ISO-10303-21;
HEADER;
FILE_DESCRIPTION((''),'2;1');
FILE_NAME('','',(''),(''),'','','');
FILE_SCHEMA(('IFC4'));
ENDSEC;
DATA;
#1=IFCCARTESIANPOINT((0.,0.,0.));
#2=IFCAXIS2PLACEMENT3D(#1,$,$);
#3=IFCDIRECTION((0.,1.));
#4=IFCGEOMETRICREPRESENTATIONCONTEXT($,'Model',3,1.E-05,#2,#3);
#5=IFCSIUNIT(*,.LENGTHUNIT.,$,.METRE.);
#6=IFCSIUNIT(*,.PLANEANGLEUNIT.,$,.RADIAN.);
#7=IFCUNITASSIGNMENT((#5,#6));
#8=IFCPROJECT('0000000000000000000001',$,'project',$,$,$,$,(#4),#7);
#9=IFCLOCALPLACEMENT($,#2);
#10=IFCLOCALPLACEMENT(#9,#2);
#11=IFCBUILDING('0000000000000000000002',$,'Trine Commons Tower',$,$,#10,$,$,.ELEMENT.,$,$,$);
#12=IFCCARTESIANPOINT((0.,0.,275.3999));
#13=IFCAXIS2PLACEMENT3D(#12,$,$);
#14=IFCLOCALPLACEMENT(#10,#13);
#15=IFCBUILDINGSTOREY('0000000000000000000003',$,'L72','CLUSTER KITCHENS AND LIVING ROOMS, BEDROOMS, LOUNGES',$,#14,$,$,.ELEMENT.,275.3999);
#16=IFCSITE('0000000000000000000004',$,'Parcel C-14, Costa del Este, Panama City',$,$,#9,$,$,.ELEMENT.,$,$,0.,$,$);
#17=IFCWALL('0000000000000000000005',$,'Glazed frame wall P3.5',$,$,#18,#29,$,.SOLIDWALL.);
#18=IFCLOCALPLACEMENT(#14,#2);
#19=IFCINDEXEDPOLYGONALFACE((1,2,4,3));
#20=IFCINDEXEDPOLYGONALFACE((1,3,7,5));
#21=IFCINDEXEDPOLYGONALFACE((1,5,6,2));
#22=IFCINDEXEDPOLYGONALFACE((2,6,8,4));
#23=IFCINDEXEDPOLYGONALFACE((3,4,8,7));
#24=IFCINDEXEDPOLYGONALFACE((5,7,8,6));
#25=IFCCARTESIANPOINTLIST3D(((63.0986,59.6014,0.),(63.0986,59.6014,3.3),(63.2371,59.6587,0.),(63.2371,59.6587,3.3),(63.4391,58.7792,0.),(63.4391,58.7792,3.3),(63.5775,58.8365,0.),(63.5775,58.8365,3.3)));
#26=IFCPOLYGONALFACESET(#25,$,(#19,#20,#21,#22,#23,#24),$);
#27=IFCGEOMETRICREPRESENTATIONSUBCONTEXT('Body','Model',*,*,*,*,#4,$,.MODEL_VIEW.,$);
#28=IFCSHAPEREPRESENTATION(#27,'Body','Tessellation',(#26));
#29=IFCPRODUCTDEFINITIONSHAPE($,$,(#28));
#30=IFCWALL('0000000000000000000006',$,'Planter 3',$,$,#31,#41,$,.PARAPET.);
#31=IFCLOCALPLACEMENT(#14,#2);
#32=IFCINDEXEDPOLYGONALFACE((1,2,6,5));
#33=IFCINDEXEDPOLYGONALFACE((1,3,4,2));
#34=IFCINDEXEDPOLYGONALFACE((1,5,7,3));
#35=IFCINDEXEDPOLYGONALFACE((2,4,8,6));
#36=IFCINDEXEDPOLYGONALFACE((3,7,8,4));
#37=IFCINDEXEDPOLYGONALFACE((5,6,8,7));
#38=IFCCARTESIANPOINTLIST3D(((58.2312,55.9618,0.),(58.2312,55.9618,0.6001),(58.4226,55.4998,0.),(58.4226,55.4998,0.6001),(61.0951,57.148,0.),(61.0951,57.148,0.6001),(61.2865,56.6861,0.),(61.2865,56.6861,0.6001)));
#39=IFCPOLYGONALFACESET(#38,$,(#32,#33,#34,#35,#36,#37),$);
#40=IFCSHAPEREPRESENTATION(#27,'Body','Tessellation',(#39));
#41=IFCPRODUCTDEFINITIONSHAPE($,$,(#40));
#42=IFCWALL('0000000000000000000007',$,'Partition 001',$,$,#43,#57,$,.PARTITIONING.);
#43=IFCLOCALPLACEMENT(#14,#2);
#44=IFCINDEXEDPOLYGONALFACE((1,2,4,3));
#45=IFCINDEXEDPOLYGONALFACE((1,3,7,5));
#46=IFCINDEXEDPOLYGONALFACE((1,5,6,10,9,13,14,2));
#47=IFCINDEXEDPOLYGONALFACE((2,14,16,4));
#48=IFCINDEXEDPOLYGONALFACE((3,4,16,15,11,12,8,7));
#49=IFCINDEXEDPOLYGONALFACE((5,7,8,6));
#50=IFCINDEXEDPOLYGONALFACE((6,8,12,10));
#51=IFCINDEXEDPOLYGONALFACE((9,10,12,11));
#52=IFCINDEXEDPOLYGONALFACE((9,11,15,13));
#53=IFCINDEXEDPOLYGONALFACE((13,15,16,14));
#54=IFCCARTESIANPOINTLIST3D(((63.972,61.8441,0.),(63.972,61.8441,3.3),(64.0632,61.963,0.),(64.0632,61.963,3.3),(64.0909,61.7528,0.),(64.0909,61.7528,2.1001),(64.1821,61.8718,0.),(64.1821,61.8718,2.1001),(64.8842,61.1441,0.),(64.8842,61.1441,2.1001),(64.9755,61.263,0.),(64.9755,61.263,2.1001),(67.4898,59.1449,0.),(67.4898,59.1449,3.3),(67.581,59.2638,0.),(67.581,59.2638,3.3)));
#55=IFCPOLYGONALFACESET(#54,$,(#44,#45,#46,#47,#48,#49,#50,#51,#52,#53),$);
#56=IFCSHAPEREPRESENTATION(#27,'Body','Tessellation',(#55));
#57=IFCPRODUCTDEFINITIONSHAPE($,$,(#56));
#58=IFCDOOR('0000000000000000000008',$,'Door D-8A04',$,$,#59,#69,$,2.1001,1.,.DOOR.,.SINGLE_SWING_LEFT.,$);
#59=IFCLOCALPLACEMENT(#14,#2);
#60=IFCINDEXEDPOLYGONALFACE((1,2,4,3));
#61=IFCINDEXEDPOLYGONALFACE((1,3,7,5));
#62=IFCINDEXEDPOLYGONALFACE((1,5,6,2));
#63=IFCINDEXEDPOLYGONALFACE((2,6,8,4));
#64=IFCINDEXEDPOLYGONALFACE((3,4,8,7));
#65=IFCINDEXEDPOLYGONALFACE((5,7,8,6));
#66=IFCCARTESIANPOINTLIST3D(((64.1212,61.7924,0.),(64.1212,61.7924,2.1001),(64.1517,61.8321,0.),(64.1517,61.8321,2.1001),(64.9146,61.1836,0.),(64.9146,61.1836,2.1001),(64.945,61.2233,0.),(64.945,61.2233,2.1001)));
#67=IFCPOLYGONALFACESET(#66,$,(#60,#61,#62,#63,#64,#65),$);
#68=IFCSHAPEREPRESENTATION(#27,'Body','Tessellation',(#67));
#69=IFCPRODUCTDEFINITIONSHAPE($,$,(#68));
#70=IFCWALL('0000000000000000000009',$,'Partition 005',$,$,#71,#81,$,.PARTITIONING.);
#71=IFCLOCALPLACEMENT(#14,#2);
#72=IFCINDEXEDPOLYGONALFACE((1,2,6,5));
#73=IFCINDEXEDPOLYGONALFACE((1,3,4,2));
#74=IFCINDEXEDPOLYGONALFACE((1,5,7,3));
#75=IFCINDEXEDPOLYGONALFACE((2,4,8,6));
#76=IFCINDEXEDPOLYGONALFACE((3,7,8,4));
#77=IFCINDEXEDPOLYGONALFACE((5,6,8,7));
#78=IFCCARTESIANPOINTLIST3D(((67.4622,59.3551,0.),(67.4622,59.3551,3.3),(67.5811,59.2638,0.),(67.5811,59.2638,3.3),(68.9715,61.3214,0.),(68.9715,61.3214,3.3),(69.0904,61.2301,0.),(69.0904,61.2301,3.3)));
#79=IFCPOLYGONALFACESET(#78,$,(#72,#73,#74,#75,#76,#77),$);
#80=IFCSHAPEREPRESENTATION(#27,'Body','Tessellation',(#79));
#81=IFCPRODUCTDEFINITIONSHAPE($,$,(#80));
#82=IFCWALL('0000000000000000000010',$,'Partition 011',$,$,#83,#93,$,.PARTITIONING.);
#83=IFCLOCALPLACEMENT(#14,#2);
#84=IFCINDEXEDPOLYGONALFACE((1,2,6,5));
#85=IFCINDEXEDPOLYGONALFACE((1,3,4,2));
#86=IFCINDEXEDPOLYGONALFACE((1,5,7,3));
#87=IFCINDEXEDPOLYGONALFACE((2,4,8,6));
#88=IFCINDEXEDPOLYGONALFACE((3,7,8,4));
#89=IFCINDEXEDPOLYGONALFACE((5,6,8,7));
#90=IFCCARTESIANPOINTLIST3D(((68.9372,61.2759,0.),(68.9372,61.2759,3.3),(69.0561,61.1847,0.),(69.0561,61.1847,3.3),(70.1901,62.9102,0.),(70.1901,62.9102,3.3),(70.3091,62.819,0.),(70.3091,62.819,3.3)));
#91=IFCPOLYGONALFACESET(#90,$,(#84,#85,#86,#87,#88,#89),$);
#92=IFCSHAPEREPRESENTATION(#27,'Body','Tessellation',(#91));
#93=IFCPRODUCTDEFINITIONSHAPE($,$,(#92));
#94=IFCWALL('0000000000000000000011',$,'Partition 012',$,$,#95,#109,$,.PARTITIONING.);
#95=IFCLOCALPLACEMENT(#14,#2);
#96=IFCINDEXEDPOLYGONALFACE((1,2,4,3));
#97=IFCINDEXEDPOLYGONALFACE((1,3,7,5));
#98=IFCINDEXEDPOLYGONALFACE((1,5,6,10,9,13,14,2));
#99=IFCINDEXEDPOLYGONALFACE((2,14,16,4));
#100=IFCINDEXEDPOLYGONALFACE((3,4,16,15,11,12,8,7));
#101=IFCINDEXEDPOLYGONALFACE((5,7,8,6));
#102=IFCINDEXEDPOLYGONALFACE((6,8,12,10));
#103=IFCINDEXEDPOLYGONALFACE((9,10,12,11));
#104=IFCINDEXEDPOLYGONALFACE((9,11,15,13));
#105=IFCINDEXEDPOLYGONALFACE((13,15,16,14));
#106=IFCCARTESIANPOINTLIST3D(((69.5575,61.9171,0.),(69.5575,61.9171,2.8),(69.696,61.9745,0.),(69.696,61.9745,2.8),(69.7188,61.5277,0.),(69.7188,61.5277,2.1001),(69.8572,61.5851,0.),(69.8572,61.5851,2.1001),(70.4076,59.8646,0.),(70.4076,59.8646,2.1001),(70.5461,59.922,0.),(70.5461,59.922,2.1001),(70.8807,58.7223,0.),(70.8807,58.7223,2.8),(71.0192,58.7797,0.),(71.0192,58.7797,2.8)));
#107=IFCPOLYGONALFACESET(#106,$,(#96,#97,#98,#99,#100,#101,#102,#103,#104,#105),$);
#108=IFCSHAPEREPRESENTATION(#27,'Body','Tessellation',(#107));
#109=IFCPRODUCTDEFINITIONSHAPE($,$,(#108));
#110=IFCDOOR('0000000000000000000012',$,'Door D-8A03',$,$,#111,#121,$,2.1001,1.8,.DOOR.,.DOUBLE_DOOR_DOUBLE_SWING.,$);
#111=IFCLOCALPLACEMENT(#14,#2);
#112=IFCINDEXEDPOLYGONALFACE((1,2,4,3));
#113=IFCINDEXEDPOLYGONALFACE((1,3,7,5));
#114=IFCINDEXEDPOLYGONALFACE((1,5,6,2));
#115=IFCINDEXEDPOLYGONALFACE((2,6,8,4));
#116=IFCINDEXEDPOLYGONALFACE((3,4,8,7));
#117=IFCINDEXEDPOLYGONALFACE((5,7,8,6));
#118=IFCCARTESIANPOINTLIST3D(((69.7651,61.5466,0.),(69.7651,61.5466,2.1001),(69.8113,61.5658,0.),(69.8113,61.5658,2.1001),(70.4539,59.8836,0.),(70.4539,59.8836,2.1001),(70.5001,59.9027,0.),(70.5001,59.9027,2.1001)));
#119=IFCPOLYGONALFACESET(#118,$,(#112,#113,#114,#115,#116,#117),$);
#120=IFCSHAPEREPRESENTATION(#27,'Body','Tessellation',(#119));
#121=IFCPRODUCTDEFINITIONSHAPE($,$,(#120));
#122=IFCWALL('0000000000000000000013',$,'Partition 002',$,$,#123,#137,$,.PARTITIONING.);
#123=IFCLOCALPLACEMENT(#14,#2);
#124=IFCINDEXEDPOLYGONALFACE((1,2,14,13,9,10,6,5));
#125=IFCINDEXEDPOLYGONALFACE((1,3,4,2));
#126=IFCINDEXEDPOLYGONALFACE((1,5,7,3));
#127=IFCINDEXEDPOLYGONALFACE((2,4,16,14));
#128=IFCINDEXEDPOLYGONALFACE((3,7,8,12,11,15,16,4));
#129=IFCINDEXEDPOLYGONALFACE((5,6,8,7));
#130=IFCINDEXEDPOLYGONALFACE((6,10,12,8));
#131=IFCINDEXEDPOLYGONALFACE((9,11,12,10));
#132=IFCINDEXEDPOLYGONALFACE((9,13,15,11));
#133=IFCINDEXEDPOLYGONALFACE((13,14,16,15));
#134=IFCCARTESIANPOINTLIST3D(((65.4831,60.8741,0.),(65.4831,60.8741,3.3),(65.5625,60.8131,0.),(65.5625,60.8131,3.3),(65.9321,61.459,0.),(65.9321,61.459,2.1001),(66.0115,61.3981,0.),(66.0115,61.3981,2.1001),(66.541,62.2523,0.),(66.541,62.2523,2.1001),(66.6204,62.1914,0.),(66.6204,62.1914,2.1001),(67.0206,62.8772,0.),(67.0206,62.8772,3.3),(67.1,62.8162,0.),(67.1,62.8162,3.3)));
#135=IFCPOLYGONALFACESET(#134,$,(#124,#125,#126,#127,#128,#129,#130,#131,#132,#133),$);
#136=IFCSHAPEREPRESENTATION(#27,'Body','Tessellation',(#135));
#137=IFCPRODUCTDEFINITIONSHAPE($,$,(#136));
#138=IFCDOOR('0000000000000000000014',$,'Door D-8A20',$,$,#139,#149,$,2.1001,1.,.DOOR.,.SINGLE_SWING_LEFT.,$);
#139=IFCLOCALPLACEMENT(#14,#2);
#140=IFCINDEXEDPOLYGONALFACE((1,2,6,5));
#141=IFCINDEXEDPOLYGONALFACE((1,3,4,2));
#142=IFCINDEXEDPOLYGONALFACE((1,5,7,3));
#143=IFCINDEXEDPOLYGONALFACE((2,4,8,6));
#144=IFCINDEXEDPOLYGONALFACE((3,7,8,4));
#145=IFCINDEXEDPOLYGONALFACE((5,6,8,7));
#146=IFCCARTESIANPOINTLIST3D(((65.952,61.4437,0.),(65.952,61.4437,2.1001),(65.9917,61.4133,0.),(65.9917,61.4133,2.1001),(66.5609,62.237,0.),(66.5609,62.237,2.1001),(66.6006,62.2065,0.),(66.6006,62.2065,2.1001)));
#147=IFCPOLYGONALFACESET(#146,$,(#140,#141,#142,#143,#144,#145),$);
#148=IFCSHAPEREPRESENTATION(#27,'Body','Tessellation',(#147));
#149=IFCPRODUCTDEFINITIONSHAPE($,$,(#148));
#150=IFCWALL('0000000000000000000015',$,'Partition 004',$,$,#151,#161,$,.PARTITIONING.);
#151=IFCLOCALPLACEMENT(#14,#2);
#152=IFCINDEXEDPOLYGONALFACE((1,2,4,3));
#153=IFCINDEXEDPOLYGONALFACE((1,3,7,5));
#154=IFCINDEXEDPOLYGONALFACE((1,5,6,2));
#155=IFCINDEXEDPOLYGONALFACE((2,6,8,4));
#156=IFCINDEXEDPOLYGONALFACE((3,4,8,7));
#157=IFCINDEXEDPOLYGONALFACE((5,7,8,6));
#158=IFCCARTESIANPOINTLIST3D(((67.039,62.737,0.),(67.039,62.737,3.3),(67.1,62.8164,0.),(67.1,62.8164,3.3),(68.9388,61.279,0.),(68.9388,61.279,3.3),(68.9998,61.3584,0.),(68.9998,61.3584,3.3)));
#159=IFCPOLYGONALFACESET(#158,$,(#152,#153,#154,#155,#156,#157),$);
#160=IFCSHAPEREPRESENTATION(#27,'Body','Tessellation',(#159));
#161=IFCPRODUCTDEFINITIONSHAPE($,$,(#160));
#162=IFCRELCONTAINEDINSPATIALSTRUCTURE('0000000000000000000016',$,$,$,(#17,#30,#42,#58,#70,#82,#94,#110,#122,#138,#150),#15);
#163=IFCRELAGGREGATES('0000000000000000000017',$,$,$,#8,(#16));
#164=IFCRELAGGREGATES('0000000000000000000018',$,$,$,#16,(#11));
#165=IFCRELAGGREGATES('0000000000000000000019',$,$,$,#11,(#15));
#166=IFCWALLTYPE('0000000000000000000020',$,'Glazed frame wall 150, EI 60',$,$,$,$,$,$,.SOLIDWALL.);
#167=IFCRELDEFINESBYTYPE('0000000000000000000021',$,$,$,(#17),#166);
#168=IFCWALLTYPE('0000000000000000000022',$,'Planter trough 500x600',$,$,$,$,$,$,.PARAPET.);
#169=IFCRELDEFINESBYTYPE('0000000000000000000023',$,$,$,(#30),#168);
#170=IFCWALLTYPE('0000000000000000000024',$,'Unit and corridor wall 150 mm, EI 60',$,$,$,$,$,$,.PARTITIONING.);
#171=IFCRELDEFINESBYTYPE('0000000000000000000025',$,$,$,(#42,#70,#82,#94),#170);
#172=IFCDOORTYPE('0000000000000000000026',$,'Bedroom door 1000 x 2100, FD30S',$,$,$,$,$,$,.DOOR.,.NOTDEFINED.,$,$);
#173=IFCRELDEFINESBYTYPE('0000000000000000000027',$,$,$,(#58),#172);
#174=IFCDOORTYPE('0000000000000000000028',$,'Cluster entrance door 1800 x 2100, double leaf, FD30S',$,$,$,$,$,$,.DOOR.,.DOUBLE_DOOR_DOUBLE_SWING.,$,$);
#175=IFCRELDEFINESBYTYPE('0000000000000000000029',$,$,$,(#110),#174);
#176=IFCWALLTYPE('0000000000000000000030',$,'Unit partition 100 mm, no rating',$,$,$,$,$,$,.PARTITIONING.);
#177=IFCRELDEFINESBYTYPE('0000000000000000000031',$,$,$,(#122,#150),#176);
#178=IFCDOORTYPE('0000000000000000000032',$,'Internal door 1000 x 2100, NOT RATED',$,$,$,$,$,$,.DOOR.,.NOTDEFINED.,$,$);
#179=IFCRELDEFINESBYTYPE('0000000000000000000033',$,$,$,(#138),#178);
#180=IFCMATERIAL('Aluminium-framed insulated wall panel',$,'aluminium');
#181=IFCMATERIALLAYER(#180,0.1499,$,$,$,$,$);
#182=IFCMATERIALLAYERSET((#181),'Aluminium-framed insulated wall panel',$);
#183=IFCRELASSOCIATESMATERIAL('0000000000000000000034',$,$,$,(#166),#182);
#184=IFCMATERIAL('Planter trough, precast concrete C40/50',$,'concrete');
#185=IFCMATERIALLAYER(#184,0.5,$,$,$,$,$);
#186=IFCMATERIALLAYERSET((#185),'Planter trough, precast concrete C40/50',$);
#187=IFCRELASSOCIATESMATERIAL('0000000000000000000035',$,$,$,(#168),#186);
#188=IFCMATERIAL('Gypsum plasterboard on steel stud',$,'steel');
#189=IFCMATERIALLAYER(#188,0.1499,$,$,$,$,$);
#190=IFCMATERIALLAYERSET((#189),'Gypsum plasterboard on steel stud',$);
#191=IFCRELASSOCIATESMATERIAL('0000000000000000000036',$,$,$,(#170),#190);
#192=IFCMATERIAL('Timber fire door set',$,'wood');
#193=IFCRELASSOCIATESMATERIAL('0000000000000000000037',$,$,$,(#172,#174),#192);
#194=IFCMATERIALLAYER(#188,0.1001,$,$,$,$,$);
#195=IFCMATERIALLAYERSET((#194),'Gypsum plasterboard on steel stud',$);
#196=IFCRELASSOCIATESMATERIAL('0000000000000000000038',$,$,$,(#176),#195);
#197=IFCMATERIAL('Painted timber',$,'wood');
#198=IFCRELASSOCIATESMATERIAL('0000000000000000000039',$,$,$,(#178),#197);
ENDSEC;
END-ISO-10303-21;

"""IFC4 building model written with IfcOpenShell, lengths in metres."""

from ifc_helpers import new_model, si_unit, direction, frame, frame_2d, origin, place, context, subcontext, project, spatial, polyline, rectangle, outline, extrude, material, layer, layer_set, type_object, element, fill, save


model = new_model("IFC4")

# Units and contexts
model_context = context("Model", 3, precision=1e-05, world=origin(), true_north=direction((0.0, 1.0)))
body_context = subcontext(model_context, "Body", "Model", "MODEL_VIEW")
ifc_project = project(units=[si_unit("LENGTHUNIT", "METRE"), si_unit("PLANEANGLEUNIT", "RADIAN")], contexts=[model_context])

# Site, building, storey
site_placement = place(None, origin())
site = spatial("IfcSite", under=ifc_project, at=site_placement, Name="Parcel C-14, Costa del Este, Panama City", CompositionType="ELEMENT", RefElevation=0.0)
building_placement = place(site_placement, origin())
building = spatial("IfcBuilding", under=site, at=building_placement, Name="Trine Commons Tower", CompositionType="ELEMENT")
storey_placement = place(building_placement, frame((0.0, 0.0, 275.3999)))
storey = spatial("IfcBuildingStorey", under=building, at=storey_placement, Name="L72", Description="CLUSTER KITCHENS AND LIVING ROOMS, BEDROOMS, LOUNGES", CompositionType="ELEMENT", Elevation=275.3999)

# Shared definitions
ifc_material_1 = material(Name="Aluminium-framed insulated wall panel", Category="aluminium")
ifc_layer_1 = layer(ifc_material_1, 0.1499)
ifc_layer_set_1 = layer_set([ifc_layer_1], Name="Aluminium-framed insulated wall panel")
wall_type_1 = type_object("IfcWallType", Name="Glazed frame wall 150, EI 60", PredefinedType="SOLIDWALL", material=ifc_layer_set_1)

# Walls
wall_1_placement = place(storey_placement, frame((63.5083, 58.8079, 0.0), z_axis=(0.0, 0.0, 1.0), x_axis=(-0.382603, 0.923913, 0.0)))
element("IfcWall", 1, at=wall_1_placement, inside=storey, type_object=wall_type_1, Name="Glazed frame wall P3.5", PredefinedType="SOLIDWALL", context=body_context, shape_type="SweptSolid", body=[
    extrude(outline(polyline([(0.8899, 0.075), (0.0, 0.075), (0.0, -0.075), (0.8899, -0.075), (0.8899, 0.075)])), origin(), (0.0, 0.0, 1.0), 3.3),
])
ifc_material_2 = material(Name="Planter trough, precast concrete C40/50", Category="concrete")
ifc_layer_2 = layer(ifc_material_2, 0.5)
ifc_layer_set_2 = layer_set([ifc_layer_2], Name="Planter trough, precast concrete C40/50")
wall_type_2 = type_object("IfcWallType", Name="Planter trough 500x600", PredefinedType="PARAPET", material=ifc_layer_set_2)
wall_2_placement = place(storey_placement, frame((61.1907, 56.917, 0.0), z_axis=(0.0, 0.0, 1.0), x_axis=(-0.923883, -0.382674, 0.0)))
element("IfcWall", 2, at=wall_2_placement, inside=storey, type_object=wall_type_2, Name="Planter 3", PredefinedType="PARAPET", context=body_context, shape_type="SweptSolid", body=[
    extrude(rectangle(XDim=3.0999, YDim=0.5, at=frame_2d((1.5498, 0.0))), origin(), (0.0, 0.0, 1.0), 0.6001),
])

# Wall, opening, door
ifc_material_3 = material(Name="Gypsum plasterboard on steel stud", Category="steel")
ifc_layer_3 = layer(ifc_material_3, 0.1499)
ifc_layer_set_3 = layer_set([ifc_layer_3], Name="Gypsum plasterboard on steel stud")
wall_type_3 = type_object("IfcWallType", Name="Unit and corridor wall 150 mm, EI 60", PredefinedType="PARTITIONING", material=ifc_layer_set_3)
wall_3_placement = place(storey_placement, frame((64.0176, 61.9036, 0.0), z_axis=(0.0, 0.0, 1.0), x_axis=(0.793364, -0.608747, 0.0)))
wall_3 = element("IfcWall", 3, at=wall_3_placement, inside=storey, type_object=wall_type_3, Name="Partition 001", PredefinedType="PARTITIONING", context=body_context, shape_type="SweptSolid", body=[
    extrude(rectangle(XDim=4.4341, YDim=0.1499, at=frame_2d((2.217, 0.0))), origin(), (0.0, 0.0, 1.0), 3.3),
])
opening_1_placement = place(wall_3_placement, frame((0.1499, 0.0, 0.0)))
opening_1 = element("IfcOpeningElement", 4, at=opening_1_placement, cuts=wall_3, PredefinedType="OPENING", context=body_context, shape_type="SweptSolid", body=[
    extrude(rectangle(XDim=1.0, YDim=2.1001, at=frame_2d((0.5, 1.05))), frame((0.0, 0.085, 0.0), z_axis=(0.0, -1.0, 0.0), x_axis=(1.0, 0.0, 0.0)), (0.0, 0.0, 1.0), 0.1699),
])
ifc_material_4 = material(Name="Timber fire door set", Category="wood")
door_type_1 = type_object("IfcDoorType", Name="Bedroom door 1000 x 2100, FD30S", OperationType="NOTDEFINED", PredefinedType="DOOR", material=ifc_material_4)
door_1_placement = place(opening_1_placement, origin())
door_1 = element("IfcDoor", 5, at=door_1_placement, inside=storey, type_object=door_type_1, Name="Door D-8A04", OperationType="SINGLE_SWING_LEFT", OverallHeight=2.1001, OverallWidth=1.0, PredefinedType="DOOR", context=body_context, shape_type="SweptSolid", body=[
    extrude(rectangle(XDim=1.0, YDim=2.1001, at=frame_2d((0.5, 1.05))), frame((0.0, 0.0249, 0.0), z_axis=(0.0, -1.0, 0.0), x_axis=(1.0, 0.0, 0.0)), (0.0, 0.0, 1.0), 0.05),
])
fill(opening_1, door_1)

# Walls
wall_4_placement = place(storey_placement, frame((67.5217, 59.3096, 0.0), z_axis=(0.0, 0.0, 1.0), x_axis=(0.608882, 0.793261, 0.0)))
element("IfcWall", 6, at=wall_4_placement, inside=storey, type_object=wall_type_3, Name="Partition 005", PredefinedType="PARTITIONING", context=body_context, shape_type="SweptSolid", body=[
    extrude(rectangle(XDim=2.4788, YDim=0.1499, at=frame_2d((1.2393, 0.0))), origin(), (0.0, 0.0, 1.0), 3.3),
])
wall_5_placement = place(storey_placement, frame((68.9966, 61.2302, 0.0), z_axis=(0.0, 0.0, 1.0), x_axis=(0.608427, 0.79361, 0.0)))
element("IfcWall", 7, at=wall_5_placement, inside=storey, type_object=wall_type_3, Name="Partition 011", PredefinedType="PARTITIONING", context=body_context, shape_type="SweptSolid", body=[
    extrude(rectangle(XDim=2.0593, YDim=0.1499, at=frame_2d((1.0298, 0.0))), origin(), (0.0, 0.0, 1.0), 3.3),
])

# Walls, openings, doors
wall_6_placement = place(storey_placement, frame((69.6267, 61.9458, 0.0), z_axis=(0.0, 0.0, 1.0), x_axis=(0.382659, -0.923889, 0.0)))
wall_6 = element("IfcWall", 8, at=wall_6_placement, inside=storey, type_object=wall_type_3, Name="Partition 012", PredefinedType="PARTITIONING", context=body_context, shape_type="SweptSolid", body=[
    extrude(rectangle(XDim=3.458, YDim=0.1499, at=frame_2d((1.729, 0.0))), origin(), (0.0, 0.0, 1.0), 2.8),
])
opening_2_placement = place(wall_6_placement, frame((0.4216, 0.0, 0.0)))
opening_2 = element("IfcOpeningElement", 9, at=opening_2_placement, cuts=wall_6, PredefinedType="OPENING", context=body_context, shape_type="SweptSolid", body=[
    extrude(rectangle(XDim=1.8, YDim=2.1001, at=frame_2d((0.8999, 1.05))), frame((0.0, 0.085, 0.0), z_axis=(0.0, -1.0, 0.0), x_axis=(1.0, 0.0, 0.0)), (0.0, 0.0, 1.0), 0.1699),
])
door_type_2 = type_object("IfcDoorType", Name="Cluster entrance door 1800 x 2100, double leaf, FD30S", OperationType="DOUBLE_DOOR_DOUBLE_SWING", PredefinedType="DOOR", material=ifc_material_4)
door_2_placement = place(opening_2_placement, frame((1.8, 0.0, 0.0), z_axis=(0.0, 0.0, 1.0), x_axis=(-1.0, 0.0, 0.0)))
door_2 = element("IfcDoor", 10, at=door_2_placement, inside=storey, type_object=door_type_2, Name="Door D-8A03", OperationType="DOUBLE_DOOR_DOUBLE_SWING", OverallHeight=2.1001, OverallWidth=1.8, PredefinedType="DOOR", context=body_context, shape_type="SweptSolid", body=[
    extrude(rectangle(XDim=1.8, YDim=2.1001, at=frame_2d((0.8999, 1.05))), frame((0.0, 0.0249, 0.0), z_axis=(0.0, -1.0, 0.0), x_axis=(1.0, 0.0, 0.0)), (0.0, 0.0, 1.0), 0.05),
])
fill(opening_2, door_2)
ifc_layer_4 = layer(ifc_material_3, 0.1001)
ifc_layer_set_4 = layer_set([ifc_layer_4], Name="Gypsum plasterboard on steel stud")
wall_type_4 = type_object("IfcWallType", Name="Unit partition 100 mm, no rating", PredefinedType="PARTITIONING", material=ifc_layer_set_4)
wall_7_placement = place(storey_placement, frame((65.5227, 60.8435, 0.0), z_axis=(0.0, 0.0, 1.0), x_axis=(0.608888, 0.793256, 0.0)))
wall_7 = element("IfcWall", 11, at=wall_7_placement, inside=storey, type_object=wall_type_4, Name="Partition 002", PredefinedType="PARTITIONING", context=body_context, shape_type="SweptSolid", body=[
    extrude(rectangle(XDim=2.5251, YDim=0.1001, at=frame_2d((1.2627, 0.0))), origin(), (0.0, 0.0, 1.0), 3.3),
])
opening_3_placement = place(wall_7_placement, frame((0.7375, 0.0, 0.0)))
opening_3 = element("IfcOpeningElement", 12, at=opening_3_placement, cuts=wall_7, PredefinedType="OPENING", context=body_context, shape_type="SweptSolid", body=[
    extrude(rectangle(XDim=1.0, YDim=2.1001, at=frame_2d((0.5, 1.05))), frame((0.0, 0.0601, 0.0), z_axis=(0.0, -1.0, 0.0), x_axis=(1.0, 0.0, 0.0)), (0.0, 0.0, 1.0), 0.1201),
])
ifc_material_5 = material(Name="Painted timber", Category="wood")
door_type_3 = type_object("IfcDoorType", Name="Internal door 1000 x 2100, NOT RATED", OperationType="NOTDEFINED", PredefinedType="DOOR", material=ifc_material_5)
door_3_placement = place(opening_3_placement, origin())
door_3 = element("IfcDoor", 13, at=door_3_placement, inside=storey, type_object=door_type_3, Name="Door D-8A20", OperationType="SINGLE_SWING_LEFT", OverallHeight=2.1001, OverallWidth=1.0, PredefinedType="DOOR", context=body_context, shape_type="SweptSolid", body=[
    extrude(rectangle(XDim=1.0, YDim=2.1001, at=frame_2d((0.5, 1.05))), frame((0.0, 0.0249, 0.0), z_axis=(0.0, -1.0, 0.0), x_axis=(1.0, 0.0, 0.0)), (0.0, 0.0, 1.0), 0.05),
])
fill(opening_3, door_3)

# Wall
wall_8_placement = place(storey_placement, frame((67.0696, 62.7766, 0.0), z_axis=(0.0, 0.0, 1.0), x_axis=(0.793321, -0.608804, 0.0)))
element("IfcWall", 14, at=wall_8_placement, inside=storey, type_object=wall_type_4, Name="Partition 004", PredefinedType="PARTITIONING", context=body_context, shape_type="SweptSolid", body=[
    extrude(rectangle(XDim=2.3948, YDim=0.1001, at=frame_2d((1.1973, 0.0))), origin(), (0.0, 0.0, 1.0), 3.3),
])

save(model, "model.ifc")
